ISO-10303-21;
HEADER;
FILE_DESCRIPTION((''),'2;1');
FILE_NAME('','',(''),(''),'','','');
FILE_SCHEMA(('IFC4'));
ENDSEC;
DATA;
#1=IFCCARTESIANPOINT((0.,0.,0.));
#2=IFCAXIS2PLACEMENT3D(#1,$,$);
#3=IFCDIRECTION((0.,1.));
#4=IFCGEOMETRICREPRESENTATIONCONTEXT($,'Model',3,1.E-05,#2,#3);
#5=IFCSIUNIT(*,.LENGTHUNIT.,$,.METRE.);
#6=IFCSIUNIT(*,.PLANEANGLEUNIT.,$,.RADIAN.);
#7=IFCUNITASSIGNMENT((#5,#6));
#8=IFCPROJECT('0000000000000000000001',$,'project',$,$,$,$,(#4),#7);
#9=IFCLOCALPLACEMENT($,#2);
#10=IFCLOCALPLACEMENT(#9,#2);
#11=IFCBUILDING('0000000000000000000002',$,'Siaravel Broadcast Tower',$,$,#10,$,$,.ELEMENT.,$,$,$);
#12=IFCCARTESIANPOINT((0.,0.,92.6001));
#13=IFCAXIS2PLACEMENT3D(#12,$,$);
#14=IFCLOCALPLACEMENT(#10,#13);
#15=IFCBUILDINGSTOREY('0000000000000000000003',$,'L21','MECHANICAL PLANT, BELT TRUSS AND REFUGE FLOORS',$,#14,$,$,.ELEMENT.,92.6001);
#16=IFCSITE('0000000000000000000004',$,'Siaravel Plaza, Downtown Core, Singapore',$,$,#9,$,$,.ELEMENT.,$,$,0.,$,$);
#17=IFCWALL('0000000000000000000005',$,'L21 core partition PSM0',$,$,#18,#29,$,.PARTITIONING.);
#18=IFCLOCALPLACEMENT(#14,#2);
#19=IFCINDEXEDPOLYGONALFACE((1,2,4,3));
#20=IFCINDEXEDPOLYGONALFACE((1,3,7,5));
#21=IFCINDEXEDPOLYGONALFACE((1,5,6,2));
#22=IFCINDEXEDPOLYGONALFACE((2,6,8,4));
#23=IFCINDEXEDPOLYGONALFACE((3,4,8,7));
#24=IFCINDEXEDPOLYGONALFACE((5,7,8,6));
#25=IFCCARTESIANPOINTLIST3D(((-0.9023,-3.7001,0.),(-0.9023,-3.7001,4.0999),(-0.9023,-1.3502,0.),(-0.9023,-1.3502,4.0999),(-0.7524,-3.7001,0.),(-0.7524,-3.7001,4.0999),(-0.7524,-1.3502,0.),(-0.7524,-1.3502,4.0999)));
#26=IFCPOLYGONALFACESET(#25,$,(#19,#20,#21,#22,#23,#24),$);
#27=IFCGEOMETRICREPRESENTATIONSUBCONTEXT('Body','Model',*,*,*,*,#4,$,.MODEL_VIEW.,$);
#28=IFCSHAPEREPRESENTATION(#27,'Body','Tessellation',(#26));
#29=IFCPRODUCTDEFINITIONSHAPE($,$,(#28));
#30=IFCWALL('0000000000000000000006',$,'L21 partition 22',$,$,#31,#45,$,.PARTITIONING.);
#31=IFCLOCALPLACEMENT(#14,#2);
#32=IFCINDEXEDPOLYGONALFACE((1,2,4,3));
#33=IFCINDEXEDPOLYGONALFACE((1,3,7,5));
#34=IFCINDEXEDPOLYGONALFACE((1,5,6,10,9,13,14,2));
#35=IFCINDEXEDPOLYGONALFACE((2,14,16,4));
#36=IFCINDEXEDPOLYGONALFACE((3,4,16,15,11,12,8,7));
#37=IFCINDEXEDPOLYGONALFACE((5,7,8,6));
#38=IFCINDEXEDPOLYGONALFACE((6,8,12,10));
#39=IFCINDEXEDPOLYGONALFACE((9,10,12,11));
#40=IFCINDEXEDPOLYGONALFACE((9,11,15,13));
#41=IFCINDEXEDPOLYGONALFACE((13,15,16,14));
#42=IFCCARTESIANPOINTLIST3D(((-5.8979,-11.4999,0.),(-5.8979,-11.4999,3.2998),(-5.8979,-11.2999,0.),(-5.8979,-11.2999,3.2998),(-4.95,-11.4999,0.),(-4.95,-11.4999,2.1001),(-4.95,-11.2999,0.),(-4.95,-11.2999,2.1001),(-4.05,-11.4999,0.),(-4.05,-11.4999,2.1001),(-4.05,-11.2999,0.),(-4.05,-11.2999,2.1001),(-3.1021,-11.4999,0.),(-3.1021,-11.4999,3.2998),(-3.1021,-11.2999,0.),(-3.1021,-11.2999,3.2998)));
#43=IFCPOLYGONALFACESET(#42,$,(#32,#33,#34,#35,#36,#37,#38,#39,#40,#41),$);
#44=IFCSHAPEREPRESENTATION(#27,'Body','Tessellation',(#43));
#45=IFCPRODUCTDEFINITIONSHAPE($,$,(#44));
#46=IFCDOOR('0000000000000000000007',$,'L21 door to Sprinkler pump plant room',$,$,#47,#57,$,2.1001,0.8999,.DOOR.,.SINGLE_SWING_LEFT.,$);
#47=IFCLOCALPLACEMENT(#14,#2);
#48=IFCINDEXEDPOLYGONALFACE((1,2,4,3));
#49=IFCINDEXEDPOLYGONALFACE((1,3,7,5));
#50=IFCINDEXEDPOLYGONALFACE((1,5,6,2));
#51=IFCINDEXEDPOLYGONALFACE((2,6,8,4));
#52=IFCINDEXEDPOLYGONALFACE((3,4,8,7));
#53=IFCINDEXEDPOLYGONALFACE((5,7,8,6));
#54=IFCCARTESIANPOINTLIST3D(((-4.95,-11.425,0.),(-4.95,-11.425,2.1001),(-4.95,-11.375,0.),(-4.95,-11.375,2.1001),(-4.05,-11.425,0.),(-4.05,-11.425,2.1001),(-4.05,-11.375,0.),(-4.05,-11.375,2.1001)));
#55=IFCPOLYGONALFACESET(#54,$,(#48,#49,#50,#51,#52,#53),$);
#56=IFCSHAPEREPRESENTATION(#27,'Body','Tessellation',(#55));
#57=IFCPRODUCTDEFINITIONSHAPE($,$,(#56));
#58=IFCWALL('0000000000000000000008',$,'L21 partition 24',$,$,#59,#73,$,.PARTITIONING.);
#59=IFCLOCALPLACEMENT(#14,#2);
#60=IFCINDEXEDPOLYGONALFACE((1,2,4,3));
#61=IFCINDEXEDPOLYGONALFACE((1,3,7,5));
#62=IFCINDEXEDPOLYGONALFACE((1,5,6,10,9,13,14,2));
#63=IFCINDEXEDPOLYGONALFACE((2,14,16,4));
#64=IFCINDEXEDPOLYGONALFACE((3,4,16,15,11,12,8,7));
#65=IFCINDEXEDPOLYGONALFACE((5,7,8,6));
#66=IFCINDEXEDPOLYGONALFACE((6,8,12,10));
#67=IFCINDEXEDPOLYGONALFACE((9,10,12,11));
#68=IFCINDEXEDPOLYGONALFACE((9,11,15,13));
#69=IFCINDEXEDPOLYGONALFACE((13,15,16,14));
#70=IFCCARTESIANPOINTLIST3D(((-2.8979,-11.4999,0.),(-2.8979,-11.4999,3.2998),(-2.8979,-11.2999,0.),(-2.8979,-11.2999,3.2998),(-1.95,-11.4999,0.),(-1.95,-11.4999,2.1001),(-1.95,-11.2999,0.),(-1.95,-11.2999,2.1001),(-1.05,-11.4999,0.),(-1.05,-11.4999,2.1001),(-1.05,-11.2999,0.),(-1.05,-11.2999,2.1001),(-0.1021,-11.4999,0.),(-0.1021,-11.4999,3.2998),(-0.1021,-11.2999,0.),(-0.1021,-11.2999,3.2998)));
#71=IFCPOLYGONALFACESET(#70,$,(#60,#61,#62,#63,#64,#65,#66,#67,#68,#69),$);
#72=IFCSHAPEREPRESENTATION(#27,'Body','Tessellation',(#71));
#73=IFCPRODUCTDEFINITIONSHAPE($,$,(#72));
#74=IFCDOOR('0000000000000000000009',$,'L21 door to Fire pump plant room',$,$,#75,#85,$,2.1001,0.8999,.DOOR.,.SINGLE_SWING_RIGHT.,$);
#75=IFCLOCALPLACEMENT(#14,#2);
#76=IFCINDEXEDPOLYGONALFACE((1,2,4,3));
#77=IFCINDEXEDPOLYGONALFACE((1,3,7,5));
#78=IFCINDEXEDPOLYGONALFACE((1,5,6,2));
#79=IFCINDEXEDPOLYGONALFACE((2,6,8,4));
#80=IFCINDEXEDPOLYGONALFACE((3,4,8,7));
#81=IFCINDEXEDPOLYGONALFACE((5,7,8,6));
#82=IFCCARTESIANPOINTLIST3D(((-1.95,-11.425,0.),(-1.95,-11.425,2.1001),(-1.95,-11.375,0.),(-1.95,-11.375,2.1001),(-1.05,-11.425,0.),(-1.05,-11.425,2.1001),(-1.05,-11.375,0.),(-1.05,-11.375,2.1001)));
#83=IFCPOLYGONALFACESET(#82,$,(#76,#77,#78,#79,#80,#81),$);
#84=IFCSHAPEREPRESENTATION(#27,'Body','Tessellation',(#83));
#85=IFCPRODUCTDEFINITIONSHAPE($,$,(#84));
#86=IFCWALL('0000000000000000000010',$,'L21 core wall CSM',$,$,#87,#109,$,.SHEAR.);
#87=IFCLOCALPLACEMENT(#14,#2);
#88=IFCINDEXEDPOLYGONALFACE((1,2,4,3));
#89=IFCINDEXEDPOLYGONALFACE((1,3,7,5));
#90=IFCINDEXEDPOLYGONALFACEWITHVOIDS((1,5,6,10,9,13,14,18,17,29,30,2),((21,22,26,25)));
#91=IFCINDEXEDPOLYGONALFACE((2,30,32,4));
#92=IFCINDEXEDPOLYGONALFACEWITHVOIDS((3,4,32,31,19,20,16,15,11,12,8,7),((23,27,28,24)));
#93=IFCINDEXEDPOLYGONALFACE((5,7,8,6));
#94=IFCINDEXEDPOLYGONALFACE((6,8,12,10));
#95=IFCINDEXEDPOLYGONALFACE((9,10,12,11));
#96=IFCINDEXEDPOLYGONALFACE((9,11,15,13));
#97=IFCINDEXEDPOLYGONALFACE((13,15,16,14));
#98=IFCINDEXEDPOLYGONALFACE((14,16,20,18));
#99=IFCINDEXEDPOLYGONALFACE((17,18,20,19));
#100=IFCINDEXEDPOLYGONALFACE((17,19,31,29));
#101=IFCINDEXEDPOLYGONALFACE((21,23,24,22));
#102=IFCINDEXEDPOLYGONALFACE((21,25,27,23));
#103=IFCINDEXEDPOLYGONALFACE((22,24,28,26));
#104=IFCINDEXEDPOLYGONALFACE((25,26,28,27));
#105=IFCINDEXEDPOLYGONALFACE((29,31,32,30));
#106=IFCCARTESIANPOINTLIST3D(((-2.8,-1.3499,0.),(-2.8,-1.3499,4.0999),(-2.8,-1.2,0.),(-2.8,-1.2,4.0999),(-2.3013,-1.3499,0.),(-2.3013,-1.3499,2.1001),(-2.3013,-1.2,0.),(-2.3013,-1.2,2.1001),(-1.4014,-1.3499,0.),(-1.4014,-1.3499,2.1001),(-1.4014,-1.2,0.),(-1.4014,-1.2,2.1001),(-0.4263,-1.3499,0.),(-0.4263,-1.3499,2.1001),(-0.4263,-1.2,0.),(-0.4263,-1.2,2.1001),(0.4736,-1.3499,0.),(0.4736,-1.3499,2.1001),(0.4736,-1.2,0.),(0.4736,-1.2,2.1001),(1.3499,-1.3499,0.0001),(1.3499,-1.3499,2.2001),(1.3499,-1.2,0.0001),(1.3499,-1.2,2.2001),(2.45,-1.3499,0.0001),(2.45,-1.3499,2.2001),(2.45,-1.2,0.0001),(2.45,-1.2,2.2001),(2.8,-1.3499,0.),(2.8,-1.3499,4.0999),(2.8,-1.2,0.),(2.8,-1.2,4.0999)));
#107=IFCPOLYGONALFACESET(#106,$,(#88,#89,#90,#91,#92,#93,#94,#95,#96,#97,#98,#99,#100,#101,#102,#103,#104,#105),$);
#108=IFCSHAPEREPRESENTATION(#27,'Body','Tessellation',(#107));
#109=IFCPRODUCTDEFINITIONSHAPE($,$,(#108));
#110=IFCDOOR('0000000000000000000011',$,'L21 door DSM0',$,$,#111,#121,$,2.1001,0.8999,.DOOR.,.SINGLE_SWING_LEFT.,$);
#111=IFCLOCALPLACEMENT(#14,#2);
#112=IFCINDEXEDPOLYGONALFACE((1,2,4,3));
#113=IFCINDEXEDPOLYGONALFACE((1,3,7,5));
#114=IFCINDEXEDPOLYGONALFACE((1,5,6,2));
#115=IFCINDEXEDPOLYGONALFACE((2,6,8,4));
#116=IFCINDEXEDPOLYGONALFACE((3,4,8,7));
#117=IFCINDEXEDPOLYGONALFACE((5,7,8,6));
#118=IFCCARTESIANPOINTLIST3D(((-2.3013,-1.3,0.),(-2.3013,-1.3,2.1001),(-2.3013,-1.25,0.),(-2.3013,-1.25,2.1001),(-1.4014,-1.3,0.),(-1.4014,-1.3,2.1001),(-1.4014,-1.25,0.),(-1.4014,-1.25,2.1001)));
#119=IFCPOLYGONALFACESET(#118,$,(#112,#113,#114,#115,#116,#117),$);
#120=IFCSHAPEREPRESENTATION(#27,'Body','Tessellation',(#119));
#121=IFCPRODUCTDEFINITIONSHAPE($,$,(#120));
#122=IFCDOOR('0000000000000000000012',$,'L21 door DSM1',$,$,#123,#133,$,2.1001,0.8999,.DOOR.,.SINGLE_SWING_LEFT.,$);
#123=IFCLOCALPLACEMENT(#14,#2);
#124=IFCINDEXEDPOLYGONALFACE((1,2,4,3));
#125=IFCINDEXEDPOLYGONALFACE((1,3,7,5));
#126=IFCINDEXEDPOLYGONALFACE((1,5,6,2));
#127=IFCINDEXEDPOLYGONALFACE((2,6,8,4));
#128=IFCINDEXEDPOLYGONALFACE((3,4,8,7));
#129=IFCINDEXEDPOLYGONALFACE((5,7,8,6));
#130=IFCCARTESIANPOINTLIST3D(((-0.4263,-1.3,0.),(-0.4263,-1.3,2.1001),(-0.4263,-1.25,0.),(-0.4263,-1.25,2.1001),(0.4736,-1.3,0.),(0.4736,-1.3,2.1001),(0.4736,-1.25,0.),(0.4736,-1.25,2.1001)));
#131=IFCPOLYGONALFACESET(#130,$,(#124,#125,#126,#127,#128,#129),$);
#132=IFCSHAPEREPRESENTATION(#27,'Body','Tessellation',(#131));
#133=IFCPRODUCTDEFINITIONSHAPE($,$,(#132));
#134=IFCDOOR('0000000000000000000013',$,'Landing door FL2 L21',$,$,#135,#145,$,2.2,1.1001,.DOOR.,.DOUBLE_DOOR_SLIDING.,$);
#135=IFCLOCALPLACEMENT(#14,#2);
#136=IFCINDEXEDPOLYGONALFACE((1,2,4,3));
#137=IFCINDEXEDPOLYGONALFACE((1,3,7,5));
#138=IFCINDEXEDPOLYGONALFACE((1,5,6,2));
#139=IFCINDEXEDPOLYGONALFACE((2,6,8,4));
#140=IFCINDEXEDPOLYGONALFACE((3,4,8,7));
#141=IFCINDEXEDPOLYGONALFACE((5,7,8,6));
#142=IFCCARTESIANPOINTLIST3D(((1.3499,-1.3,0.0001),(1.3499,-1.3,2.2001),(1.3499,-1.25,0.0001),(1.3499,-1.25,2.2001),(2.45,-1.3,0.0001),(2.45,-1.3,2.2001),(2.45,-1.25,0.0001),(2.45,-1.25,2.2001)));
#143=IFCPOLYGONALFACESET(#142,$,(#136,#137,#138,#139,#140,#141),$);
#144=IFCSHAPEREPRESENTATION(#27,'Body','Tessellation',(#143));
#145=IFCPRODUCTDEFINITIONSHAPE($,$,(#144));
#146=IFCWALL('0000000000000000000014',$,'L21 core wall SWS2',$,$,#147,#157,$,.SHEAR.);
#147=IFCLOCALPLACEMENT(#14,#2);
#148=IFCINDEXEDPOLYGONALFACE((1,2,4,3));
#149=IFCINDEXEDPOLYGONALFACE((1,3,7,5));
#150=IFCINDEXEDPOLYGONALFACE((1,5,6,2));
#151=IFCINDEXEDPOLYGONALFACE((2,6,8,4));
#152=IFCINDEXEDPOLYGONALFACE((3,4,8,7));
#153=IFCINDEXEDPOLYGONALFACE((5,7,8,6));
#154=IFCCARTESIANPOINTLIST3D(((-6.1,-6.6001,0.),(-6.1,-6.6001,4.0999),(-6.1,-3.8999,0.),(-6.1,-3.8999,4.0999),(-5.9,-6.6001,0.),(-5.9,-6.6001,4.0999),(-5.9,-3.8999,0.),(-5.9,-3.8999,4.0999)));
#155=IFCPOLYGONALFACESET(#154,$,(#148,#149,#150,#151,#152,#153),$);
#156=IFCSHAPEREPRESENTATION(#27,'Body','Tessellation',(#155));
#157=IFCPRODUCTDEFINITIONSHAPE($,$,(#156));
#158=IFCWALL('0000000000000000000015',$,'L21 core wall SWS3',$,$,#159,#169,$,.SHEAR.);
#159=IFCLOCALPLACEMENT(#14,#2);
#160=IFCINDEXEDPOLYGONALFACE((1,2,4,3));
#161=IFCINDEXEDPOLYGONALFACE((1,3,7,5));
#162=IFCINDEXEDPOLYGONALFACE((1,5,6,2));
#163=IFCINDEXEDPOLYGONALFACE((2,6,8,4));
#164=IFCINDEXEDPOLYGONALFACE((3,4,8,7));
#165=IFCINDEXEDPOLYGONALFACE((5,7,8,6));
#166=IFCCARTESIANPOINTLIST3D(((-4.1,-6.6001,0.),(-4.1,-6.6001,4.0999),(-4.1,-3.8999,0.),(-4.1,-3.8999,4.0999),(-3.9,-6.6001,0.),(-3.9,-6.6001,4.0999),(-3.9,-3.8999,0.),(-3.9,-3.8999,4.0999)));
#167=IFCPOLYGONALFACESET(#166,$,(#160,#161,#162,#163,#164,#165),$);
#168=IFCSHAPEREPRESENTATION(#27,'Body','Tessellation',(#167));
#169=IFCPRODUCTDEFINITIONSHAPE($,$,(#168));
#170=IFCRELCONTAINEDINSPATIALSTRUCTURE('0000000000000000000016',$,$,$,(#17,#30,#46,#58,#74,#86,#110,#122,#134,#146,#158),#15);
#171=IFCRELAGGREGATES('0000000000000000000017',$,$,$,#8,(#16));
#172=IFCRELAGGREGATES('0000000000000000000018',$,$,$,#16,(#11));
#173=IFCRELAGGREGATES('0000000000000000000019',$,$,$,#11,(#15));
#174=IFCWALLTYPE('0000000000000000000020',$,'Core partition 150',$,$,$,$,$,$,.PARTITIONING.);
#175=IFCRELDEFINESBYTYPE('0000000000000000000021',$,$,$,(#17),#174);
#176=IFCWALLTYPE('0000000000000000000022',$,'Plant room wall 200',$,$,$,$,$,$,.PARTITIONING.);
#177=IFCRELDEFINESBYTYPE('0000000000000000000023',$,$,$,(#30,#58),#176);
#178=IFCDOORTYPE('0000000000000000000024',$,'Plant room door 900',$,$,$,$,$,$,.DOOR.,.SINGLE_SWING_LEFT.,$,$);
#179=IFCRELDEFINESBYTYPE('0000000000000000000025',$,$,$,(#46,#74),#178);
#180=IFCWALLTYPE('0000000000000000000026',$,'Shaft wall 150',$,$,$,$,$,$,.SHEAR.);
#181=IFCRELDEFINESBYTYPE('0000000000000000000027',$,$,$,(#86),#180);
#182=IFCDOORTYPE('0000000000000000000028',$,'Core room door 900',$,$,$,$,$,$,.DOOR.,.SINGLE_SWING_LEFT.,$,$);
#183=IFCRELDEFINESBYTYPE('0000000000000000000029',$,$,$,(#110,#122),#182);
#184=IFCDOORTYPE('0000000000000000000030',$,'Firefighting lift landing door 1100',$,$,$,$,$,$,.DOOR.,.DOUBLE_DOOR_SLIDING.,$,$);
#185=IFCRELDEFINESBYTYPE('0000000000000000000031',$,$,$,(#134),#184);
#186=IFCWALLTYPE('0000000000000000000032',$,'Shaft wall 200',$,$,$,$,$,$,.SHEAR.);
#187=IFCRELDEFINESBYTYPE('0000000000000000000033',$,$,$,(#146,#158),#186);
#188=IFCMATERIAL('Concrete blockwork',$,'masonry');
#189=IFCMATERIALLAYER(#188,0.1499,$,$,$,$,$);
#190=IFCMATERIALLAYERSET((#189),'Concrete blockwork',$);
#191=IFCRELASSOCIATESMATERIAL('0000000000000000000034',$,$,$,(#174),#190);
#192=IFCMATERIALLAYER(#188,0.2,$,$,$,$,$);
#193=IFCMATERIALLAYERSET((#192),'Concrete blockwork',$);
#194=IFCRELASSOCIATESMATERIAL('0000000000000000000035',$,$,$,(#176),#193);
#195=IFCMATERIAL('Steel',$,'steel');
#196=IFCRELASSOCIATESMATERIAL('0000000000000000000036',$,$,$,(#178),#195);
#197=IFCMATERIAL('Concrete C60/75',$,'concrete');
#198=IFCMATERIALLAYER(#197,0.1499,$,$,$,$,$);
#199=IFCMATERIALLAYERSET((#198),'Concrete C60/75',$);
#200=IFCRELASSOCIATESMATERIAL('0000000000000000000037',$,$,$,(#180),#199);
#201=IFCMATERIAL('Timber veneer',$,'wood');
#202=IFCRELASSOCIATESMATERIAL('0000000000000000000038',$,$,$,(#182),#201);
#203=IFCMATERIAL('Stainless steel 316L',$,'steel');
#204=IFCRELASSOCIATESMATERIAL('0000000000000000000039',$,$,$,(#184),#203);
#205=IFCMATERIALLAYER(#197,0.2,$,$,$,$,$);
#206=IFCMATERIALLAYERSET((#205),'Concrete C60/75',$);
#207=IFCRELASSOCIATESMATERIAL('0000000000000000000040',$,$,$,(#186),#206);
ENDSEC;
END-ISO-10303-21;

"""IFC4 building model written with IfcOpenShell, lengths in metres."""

from ifc_helpers import new_model, si_unit, direction, frame, frame_2d, origin, place, context, subcontext, project, spatial, rectangle, extrude, material, layer, layer_set, type_object, element, fill, save


model = new_model("IFC4")

# Units and contexts
model_context = context("Model", 3, precision=1e-05, world=origin(), true_north=direction((0.0, 1.0)))
body_context = subcontext(model_context, "Body", "Model", "MODEL_VIEW")
ifc_project = project(units=[si_unit("LENGTHUNIT", "METRE"), si_unit("PLANEANGLEUNIT", "RADIAN")], contexts=[model_context])

# Site, building, storey
site_placement = place(None, origin())
site = spatial("IfcSite", under=ifc_project, at=site_placement, Name="Siaravel Plaza, Downtown Core, Singapore", CompositionType="ELEMENT", RefElevation=0.0)
building_placement = place(site_placement, origin())
building = spatial("IfcBuilding", under=site, at=building_placement, Name="Siaravel Broadcast Tower", CompositionType="ELEMENT")
storey_placement = place(building_placement, frame((0.0, 0.0, 92.6001)))
storey = spatial("IfcBuildingStorey", under=building, at=storey_placement, Name="L21", Description="MECHANICAL PLANT, BELT TRUSS AND REFUGE FLOORS", CompositionType="ELEMENT", Elevation=92.6001)

# Wall
ifc_material_1 = material(Name="Concrete blockwork", Category="masonry")
ifc_layer_1 = layer(ifc_material_1, 0.1499)
ifc_layer_set_1 = layer_set([ifc_layer_1], Name="Concrete blockwork")
wall_type_1 = type_object("IfcWallType", Name="Core partition 150", PredefinedType="PARTITIONING", material=ifc_layer_set_1)
wall_1_placement = place(storey_placement, frame((-0.8274, -3.7, 0.0), z_axis=(0.0, 0.0, 1.0), x_axis=(0.0, 1.0, 0.0)))
element("IfcWall", 1, at=wall_1_placement, inside=storey, type_object=wall_type_1, Name="L21 core partition PSM0", PredefinedType="PARTITIONING", context=body_context, shape_type="SweptSolid", body=[
    extrude(rectangle(XDim=2.3499, YDim=0.1499, at=frame_2d((1.1748, 0.0))), origin(), (0.0, 0.0, 1.0), 4.0999),
])

# Walls, openings, doors
ifc_layer_2 = layer(ifc_material_1, 0.2)
ifc_layer_set_2 = layer_set([ifc_layer_2], Name="Concrete blockwork")
wall_type_2 = type_object("IfcWallType", Name="Plant room wall 200", PredefinedType="PARTITIONING", material=ifc_layer_set_2)
wall_2_placement = place(storey_placement, frame((-5.8979, -11.3999, 0.0), z_axis=(0.0, 0.0, 1.0), x_axis=(1.0, 0.0, 0.0)))
wall_2 = element("IfcWall", 2, at=wall_2_placement, inside=storey, type_object=wall_type_2, Name="L21 partition 22", PredefinedType="PARTITIONING", context=body_context, shape_type="SweptSolid", body=[
    extrude(rectangle(XDim=2.7959, YDim=0.2, at=frame_2d((1.3979, 0.0))), origin(), (0.0, 0.0, 1.0), 3.2998),
])
opening_1_placement = place(wall_2_placement, frame((0.948, 0.0, 0.0)))
opening_1 = element("IfcOpeningElement", 3, at=opening_1_placement, cuts=wall_2, PredefinedType="OPENING", context=body_context, shape_type="SweptSolid", body=[
    extrude(rectangle(XDim=0.8999, YDim=2.1001, at=frame_2d((0.45, 1.05))), frame((0.0, 0.1099, 0.0), z_axis=(0.0, -1.0, 0.0), x_axis=(1.0, 0.0, 0.0)), (0.0, 0.0, 1.0), 0.22),
])
ifc_material_2 = material(Name="Steel", Category="steel")
door_type_1 = type_object("IfcDoorType", Name="Plant room door 900", OperationType="SINGLE_SWING_LEFT", PredefinedType="DOOR", material=ifc_material_2)
door_1_placement = place(opening_1_placement, origin())
door_1 = element("IfcDoor", 4, at=door_1_placement, inside=storey, type_object=door_type_1, Name="L21 door to Sprinkler pump plant room", OperationType="SINGLE_SWING_LEFT", OverallHeight=2.1001, OverallWidth=0.8999, PredefinedType="DOOR", context=body_context, shape_type="SweptSolid", body=[
    extrude(rectangle(XDim=0.8999, YDim=2.1001, at=frame_2d((0.45, 1.05))), frame((0.0, 0.0249, 0.0), z_axis=(0.0, -1.0, 0.0), x_axis=(1.0, 0.0, 0.0)), (0.0, 0.0, 1.0), 0.05),
])
fill(opening_1, door_1)
wall_3_placement = place(storey_placement, frame((-2.8979, -11.3999, 0.0), z_axis=(0.0, 0.0, 1.0), x_axis=(1.0, 0.0, 0.0)))
wall_3 = element("IfcWall", 5, at=wall_3_placement, inside=storey, type_object=wall_type_2, Name="L21 partition 24", PredefinedType="PARTITIONING", context=body_context, shape_type="SweptSolid", body=[
    extrude(rectangle(XDim=2.7959, YDim=0.2, at=frame_2d((1.3979, 0.0))), origin(), (0.0, 0.0, 1.0), 3.2998),
])
opening_2_placement = place(wall_3_placement, frame((0.948, 0.0, 0.0)))
opening_2 = element("IfcOpeningElement", 6, at=opening_2_placement, cuts=wall_3, PredefinedType="OPENING", context=body_context, shape_type="SweptSolid", body=[
    extrude(rectangle(XDim=0.8999, YDim=2.1001, at=frame_2d((0.45, 1.05))), frame((0.0, 0.1099, 0.0), z_axis=(0.0, -1.0, 0.0), x_axis=(1.0, 0.0, 0.0)), (0.0, 0.0, 1.0), 0.22),
])
door_2_placement = place(opening_2_placement, origin())
door_2 = element("IfcDoor", 7, at=door_2_placement, inside=storey, type_object=door_type_1, Name="L21 door to Fire pump plant room", OperationType="SINGLE_SWING_RIGHT", OverallHeight=2.1001, OverallWidth=0.8999, PredefinedType="DOOR", context=body_context, shape_type="SweptSolid", body=[
    extrude(rectangle(XDim=0.8999, YDim=2.1001, at=frame_2d((0.45, 1.05))), frame((0.0, 0.0249, 0.0), z_axis=(0.0, -1.0, 0.0), x_axis=(1.0, 0.0, 0.0)), (0.0, 0.0, 1.0), 0.05),
])
fill(opening_2, door_2)

# Wall, openings, doors
ifc_material_3 = material(Name="Concrete C60/75", Category="concrete")
ifc_layer_3 = layer(ifc_material_3, 0.1499)
ifc_layer_set_3 = layer_set([ifc_layer_3], Name="Concrete C60/75")
wall_type_3 = type_object("IfcWallType", Name="Shaft wall 150", PredefinedType="SHEAR", material=ifc_layer_set_3)
wall_4_placement = place(storey_placement, frame((-2.8, -1.2749, 0.0), z_axis=(0.0, 0.0, 1.0), x_axis=(1.0, 0.0, 0.0)))
wall_4 = element("IfcWall", 8, at=wall_4_placement, inside=storey, type_object=wall_type_3, Name="L21 core wall CSM", PredefinedType="SHEAR", context=body_context, shape_type="SweptSolid", body=[
    extrude(rectangle(XDim=5.6001, YDim=0.1499, at=frame_2d((2.8, 0.0))), origin(), (0.0, 0.0, 1.0), 4.0999),
])
opening_3_placement = place(wall_4_placement, frame((4.1499, 0.0, 0.0)))
opening_3 = element("IfcOpeningElement", 9, at=opening_3_placement, cuts=wall_4, PredefinedType="OPENING", context=body_context, shape_type="SweptSolid", body=[
    extrude(rectangle(XDim=1.1001, YDim=2.2, at=frame_2d((0.55, 1.1001))), frame((0.0, 0.085, 0.0), z_axis=(0.0, -1.0, 0.0), x_axis=(1.0, 0.0, 0.0)), (0.0, 0.0, 1.0), 0.1699),
])
opening_4_placement = place(wall_4_placement, frame((0.4988, 0.0, 0.0)))
opening_4 = element("IfcOpeningElement", 10, at=opening_4_placement, cuts=wall_4, PredefinedType="OPENING", context=body_context, shape_type="SweptSolid", body=[
    extrude(rectangle(XDim=0.8999, YDim=2.1001, at=frame_2d((0.45, 1.05))), frame((0.0, 0.085, 0.0), z_axis=(0.0, -1.0, 0.0), x_axis=(1.0, 0.0, 0.0)), (0.0, 0.0, 1.0), 0.1699),
])
opening_5_placement = place(wall_4_placement, frame((2.3738, 0.0, 0.0)))
opening_5 = element("IfcOpeningElement", 11, at=opening_5_placement, cuts=wall_4, PredefinedType="OPENING", context=body_context, shape_type="SweptSolid", body=[
    extrude(rectangle(XDim=0.8999, YDim=2.1001, at=frame_2d((0.45, 1.05))), frame((0.0, 0.085, 0.0), z_axis=(0.0, -1.0, 0.0), x_axis=(1.0, 0.0, 0.0)), (0.0, 0.0, 1.0), 0.1699),
])
ifc_material_4 = material(Name="Timber veneer", Category="wood")
door_type_2 = type_object("IfcDoorType", Name="Core room door 900", OperationType="SINGLE_SWING_LEFT", PredefinedType="DOOR", material=ifc_material_4)
door_3_placement = place(opening_4_placement, origin())
door_3 = element("IfcDoor", 12, at=door_3_placement, inside=storey, type_object=door_type_2, Name="L21 door DSM0", OperationType="SINGLE_SWING_LEFT", OverallHeight=2.1001, OverallWidth=0.8999, PredefinedType="DOOR", context=body_context, shape_type="SweptSolid", body=[
    extrude(rectangle(XDim=0.8999, YDim=2.1001, at=frame_2d((0.45, 1.05))), frame((0.0, 0.0249, 0.0), z_axis=(0.0, -1.0, 0.0), x_axis=(1.0, 0.0, 0.0)), (0.0, 0.0, 1.0), 0.05),
])
fill(opening_4, door_3)
door_4_placement = place(opening_5_placement, origin())
door_4 = element("IfcDoor", 13, at=door_4_placement, inside=storey, type_object=door_type_2, Name="L21 door DSM1", OperationType="SINGLE_SWING_LEFT", OverallHeight=2.1001, OverallWidth=0.8999, PredefinedType="DOOR", context=body_context, shape_type="SweptSolid", body=[
    extrude(rectangle(XDim=0.8999, YDim=2.1001, at=frame_2d((0.45, 1.05))), frame((0.0, 0.0249, 0.0), z_axis=(0.0, -1.0, 0.0), x_axis=(1.0, 0.0, 0.0)), (0.0, 0.0, 1.0), 0.05),
])
fill(opening_5, door_4)
ifc_material_5 = material(Name="Stainless steel 316L", Category="steel")
door_type_3 = type_object("IfcDoorType", Name="Firefighting lift landing door 1100", OperationType="DOUBLE_DOOR_SLIDING", PredefinedType="DOOR", material=ifc_material_5)
door_5_placement = place(opening_3_placement, origin())
door_5 = element("IfcDoor", 14, at=door_5_placement, inside=storey, type_object=door_type_3, Name="Landing door FL2 L21", OperationType="DOUBLE_DOOR_SLIDING", OverallHeight=2.2, OverallWidth=1.1001, PredefinedType="DOOR", context=body_context, shape_type="SweptSolid", body=[
    extrude(rectangle(XDim=1.1001, YDim=2.2, at=frame_2d((0.55, 1.1001))), frame((0.0, 0.0249, 0.0), z_axis=(0.0, -1.0, 0.0), x_axis=(1.0, 0.0, 0.0)), (0.0, 0.0, 1.0), 0.05),
])
fill(opening_3, door_5)

# Walls
ifc_layer_4 = layer(ifc_material_3, 0.2)
ifc_layer_set_4 = layer_set([ifc_layer_4], Name="Concrete C60/75")
wall_type_4 = type_object("IfcWallType", Name="Shaft wall 200", PredefinedType="SHEAR", material=ifc_layer_set_4)
for number, where, z_axis, x_axis, name in (
    (15, (-6.0, -6.6001, 0.0), (0.0, 0.0, 1.0), (0.0, 1.0, 0.0), "L21 core wall SWS2"),
    (16, (-4.0, -6.6001, 0.0), (0.0, 0.0, 1.0), (0.0, 1.0, 0.0), "L21 core wall SWS3"),
):
    element("IfcWall", number, at=place(storey_placement, frame(where, z_axis=z_axis, x_axis=x_axis)), inside=storey, type_object=wall_type_4, Name=name, PredefinedType="SHEAR", context=body_context, shape_type="SweptSolid", body=[
        extrude(rectangle(XDim=2.7002, YDim=0.2, at=frame_2d((1.3501, 0.0))), origin(), (0.0, 0.0, 1.0), 4.0999),
    ])

save(model, "model.ifc")
